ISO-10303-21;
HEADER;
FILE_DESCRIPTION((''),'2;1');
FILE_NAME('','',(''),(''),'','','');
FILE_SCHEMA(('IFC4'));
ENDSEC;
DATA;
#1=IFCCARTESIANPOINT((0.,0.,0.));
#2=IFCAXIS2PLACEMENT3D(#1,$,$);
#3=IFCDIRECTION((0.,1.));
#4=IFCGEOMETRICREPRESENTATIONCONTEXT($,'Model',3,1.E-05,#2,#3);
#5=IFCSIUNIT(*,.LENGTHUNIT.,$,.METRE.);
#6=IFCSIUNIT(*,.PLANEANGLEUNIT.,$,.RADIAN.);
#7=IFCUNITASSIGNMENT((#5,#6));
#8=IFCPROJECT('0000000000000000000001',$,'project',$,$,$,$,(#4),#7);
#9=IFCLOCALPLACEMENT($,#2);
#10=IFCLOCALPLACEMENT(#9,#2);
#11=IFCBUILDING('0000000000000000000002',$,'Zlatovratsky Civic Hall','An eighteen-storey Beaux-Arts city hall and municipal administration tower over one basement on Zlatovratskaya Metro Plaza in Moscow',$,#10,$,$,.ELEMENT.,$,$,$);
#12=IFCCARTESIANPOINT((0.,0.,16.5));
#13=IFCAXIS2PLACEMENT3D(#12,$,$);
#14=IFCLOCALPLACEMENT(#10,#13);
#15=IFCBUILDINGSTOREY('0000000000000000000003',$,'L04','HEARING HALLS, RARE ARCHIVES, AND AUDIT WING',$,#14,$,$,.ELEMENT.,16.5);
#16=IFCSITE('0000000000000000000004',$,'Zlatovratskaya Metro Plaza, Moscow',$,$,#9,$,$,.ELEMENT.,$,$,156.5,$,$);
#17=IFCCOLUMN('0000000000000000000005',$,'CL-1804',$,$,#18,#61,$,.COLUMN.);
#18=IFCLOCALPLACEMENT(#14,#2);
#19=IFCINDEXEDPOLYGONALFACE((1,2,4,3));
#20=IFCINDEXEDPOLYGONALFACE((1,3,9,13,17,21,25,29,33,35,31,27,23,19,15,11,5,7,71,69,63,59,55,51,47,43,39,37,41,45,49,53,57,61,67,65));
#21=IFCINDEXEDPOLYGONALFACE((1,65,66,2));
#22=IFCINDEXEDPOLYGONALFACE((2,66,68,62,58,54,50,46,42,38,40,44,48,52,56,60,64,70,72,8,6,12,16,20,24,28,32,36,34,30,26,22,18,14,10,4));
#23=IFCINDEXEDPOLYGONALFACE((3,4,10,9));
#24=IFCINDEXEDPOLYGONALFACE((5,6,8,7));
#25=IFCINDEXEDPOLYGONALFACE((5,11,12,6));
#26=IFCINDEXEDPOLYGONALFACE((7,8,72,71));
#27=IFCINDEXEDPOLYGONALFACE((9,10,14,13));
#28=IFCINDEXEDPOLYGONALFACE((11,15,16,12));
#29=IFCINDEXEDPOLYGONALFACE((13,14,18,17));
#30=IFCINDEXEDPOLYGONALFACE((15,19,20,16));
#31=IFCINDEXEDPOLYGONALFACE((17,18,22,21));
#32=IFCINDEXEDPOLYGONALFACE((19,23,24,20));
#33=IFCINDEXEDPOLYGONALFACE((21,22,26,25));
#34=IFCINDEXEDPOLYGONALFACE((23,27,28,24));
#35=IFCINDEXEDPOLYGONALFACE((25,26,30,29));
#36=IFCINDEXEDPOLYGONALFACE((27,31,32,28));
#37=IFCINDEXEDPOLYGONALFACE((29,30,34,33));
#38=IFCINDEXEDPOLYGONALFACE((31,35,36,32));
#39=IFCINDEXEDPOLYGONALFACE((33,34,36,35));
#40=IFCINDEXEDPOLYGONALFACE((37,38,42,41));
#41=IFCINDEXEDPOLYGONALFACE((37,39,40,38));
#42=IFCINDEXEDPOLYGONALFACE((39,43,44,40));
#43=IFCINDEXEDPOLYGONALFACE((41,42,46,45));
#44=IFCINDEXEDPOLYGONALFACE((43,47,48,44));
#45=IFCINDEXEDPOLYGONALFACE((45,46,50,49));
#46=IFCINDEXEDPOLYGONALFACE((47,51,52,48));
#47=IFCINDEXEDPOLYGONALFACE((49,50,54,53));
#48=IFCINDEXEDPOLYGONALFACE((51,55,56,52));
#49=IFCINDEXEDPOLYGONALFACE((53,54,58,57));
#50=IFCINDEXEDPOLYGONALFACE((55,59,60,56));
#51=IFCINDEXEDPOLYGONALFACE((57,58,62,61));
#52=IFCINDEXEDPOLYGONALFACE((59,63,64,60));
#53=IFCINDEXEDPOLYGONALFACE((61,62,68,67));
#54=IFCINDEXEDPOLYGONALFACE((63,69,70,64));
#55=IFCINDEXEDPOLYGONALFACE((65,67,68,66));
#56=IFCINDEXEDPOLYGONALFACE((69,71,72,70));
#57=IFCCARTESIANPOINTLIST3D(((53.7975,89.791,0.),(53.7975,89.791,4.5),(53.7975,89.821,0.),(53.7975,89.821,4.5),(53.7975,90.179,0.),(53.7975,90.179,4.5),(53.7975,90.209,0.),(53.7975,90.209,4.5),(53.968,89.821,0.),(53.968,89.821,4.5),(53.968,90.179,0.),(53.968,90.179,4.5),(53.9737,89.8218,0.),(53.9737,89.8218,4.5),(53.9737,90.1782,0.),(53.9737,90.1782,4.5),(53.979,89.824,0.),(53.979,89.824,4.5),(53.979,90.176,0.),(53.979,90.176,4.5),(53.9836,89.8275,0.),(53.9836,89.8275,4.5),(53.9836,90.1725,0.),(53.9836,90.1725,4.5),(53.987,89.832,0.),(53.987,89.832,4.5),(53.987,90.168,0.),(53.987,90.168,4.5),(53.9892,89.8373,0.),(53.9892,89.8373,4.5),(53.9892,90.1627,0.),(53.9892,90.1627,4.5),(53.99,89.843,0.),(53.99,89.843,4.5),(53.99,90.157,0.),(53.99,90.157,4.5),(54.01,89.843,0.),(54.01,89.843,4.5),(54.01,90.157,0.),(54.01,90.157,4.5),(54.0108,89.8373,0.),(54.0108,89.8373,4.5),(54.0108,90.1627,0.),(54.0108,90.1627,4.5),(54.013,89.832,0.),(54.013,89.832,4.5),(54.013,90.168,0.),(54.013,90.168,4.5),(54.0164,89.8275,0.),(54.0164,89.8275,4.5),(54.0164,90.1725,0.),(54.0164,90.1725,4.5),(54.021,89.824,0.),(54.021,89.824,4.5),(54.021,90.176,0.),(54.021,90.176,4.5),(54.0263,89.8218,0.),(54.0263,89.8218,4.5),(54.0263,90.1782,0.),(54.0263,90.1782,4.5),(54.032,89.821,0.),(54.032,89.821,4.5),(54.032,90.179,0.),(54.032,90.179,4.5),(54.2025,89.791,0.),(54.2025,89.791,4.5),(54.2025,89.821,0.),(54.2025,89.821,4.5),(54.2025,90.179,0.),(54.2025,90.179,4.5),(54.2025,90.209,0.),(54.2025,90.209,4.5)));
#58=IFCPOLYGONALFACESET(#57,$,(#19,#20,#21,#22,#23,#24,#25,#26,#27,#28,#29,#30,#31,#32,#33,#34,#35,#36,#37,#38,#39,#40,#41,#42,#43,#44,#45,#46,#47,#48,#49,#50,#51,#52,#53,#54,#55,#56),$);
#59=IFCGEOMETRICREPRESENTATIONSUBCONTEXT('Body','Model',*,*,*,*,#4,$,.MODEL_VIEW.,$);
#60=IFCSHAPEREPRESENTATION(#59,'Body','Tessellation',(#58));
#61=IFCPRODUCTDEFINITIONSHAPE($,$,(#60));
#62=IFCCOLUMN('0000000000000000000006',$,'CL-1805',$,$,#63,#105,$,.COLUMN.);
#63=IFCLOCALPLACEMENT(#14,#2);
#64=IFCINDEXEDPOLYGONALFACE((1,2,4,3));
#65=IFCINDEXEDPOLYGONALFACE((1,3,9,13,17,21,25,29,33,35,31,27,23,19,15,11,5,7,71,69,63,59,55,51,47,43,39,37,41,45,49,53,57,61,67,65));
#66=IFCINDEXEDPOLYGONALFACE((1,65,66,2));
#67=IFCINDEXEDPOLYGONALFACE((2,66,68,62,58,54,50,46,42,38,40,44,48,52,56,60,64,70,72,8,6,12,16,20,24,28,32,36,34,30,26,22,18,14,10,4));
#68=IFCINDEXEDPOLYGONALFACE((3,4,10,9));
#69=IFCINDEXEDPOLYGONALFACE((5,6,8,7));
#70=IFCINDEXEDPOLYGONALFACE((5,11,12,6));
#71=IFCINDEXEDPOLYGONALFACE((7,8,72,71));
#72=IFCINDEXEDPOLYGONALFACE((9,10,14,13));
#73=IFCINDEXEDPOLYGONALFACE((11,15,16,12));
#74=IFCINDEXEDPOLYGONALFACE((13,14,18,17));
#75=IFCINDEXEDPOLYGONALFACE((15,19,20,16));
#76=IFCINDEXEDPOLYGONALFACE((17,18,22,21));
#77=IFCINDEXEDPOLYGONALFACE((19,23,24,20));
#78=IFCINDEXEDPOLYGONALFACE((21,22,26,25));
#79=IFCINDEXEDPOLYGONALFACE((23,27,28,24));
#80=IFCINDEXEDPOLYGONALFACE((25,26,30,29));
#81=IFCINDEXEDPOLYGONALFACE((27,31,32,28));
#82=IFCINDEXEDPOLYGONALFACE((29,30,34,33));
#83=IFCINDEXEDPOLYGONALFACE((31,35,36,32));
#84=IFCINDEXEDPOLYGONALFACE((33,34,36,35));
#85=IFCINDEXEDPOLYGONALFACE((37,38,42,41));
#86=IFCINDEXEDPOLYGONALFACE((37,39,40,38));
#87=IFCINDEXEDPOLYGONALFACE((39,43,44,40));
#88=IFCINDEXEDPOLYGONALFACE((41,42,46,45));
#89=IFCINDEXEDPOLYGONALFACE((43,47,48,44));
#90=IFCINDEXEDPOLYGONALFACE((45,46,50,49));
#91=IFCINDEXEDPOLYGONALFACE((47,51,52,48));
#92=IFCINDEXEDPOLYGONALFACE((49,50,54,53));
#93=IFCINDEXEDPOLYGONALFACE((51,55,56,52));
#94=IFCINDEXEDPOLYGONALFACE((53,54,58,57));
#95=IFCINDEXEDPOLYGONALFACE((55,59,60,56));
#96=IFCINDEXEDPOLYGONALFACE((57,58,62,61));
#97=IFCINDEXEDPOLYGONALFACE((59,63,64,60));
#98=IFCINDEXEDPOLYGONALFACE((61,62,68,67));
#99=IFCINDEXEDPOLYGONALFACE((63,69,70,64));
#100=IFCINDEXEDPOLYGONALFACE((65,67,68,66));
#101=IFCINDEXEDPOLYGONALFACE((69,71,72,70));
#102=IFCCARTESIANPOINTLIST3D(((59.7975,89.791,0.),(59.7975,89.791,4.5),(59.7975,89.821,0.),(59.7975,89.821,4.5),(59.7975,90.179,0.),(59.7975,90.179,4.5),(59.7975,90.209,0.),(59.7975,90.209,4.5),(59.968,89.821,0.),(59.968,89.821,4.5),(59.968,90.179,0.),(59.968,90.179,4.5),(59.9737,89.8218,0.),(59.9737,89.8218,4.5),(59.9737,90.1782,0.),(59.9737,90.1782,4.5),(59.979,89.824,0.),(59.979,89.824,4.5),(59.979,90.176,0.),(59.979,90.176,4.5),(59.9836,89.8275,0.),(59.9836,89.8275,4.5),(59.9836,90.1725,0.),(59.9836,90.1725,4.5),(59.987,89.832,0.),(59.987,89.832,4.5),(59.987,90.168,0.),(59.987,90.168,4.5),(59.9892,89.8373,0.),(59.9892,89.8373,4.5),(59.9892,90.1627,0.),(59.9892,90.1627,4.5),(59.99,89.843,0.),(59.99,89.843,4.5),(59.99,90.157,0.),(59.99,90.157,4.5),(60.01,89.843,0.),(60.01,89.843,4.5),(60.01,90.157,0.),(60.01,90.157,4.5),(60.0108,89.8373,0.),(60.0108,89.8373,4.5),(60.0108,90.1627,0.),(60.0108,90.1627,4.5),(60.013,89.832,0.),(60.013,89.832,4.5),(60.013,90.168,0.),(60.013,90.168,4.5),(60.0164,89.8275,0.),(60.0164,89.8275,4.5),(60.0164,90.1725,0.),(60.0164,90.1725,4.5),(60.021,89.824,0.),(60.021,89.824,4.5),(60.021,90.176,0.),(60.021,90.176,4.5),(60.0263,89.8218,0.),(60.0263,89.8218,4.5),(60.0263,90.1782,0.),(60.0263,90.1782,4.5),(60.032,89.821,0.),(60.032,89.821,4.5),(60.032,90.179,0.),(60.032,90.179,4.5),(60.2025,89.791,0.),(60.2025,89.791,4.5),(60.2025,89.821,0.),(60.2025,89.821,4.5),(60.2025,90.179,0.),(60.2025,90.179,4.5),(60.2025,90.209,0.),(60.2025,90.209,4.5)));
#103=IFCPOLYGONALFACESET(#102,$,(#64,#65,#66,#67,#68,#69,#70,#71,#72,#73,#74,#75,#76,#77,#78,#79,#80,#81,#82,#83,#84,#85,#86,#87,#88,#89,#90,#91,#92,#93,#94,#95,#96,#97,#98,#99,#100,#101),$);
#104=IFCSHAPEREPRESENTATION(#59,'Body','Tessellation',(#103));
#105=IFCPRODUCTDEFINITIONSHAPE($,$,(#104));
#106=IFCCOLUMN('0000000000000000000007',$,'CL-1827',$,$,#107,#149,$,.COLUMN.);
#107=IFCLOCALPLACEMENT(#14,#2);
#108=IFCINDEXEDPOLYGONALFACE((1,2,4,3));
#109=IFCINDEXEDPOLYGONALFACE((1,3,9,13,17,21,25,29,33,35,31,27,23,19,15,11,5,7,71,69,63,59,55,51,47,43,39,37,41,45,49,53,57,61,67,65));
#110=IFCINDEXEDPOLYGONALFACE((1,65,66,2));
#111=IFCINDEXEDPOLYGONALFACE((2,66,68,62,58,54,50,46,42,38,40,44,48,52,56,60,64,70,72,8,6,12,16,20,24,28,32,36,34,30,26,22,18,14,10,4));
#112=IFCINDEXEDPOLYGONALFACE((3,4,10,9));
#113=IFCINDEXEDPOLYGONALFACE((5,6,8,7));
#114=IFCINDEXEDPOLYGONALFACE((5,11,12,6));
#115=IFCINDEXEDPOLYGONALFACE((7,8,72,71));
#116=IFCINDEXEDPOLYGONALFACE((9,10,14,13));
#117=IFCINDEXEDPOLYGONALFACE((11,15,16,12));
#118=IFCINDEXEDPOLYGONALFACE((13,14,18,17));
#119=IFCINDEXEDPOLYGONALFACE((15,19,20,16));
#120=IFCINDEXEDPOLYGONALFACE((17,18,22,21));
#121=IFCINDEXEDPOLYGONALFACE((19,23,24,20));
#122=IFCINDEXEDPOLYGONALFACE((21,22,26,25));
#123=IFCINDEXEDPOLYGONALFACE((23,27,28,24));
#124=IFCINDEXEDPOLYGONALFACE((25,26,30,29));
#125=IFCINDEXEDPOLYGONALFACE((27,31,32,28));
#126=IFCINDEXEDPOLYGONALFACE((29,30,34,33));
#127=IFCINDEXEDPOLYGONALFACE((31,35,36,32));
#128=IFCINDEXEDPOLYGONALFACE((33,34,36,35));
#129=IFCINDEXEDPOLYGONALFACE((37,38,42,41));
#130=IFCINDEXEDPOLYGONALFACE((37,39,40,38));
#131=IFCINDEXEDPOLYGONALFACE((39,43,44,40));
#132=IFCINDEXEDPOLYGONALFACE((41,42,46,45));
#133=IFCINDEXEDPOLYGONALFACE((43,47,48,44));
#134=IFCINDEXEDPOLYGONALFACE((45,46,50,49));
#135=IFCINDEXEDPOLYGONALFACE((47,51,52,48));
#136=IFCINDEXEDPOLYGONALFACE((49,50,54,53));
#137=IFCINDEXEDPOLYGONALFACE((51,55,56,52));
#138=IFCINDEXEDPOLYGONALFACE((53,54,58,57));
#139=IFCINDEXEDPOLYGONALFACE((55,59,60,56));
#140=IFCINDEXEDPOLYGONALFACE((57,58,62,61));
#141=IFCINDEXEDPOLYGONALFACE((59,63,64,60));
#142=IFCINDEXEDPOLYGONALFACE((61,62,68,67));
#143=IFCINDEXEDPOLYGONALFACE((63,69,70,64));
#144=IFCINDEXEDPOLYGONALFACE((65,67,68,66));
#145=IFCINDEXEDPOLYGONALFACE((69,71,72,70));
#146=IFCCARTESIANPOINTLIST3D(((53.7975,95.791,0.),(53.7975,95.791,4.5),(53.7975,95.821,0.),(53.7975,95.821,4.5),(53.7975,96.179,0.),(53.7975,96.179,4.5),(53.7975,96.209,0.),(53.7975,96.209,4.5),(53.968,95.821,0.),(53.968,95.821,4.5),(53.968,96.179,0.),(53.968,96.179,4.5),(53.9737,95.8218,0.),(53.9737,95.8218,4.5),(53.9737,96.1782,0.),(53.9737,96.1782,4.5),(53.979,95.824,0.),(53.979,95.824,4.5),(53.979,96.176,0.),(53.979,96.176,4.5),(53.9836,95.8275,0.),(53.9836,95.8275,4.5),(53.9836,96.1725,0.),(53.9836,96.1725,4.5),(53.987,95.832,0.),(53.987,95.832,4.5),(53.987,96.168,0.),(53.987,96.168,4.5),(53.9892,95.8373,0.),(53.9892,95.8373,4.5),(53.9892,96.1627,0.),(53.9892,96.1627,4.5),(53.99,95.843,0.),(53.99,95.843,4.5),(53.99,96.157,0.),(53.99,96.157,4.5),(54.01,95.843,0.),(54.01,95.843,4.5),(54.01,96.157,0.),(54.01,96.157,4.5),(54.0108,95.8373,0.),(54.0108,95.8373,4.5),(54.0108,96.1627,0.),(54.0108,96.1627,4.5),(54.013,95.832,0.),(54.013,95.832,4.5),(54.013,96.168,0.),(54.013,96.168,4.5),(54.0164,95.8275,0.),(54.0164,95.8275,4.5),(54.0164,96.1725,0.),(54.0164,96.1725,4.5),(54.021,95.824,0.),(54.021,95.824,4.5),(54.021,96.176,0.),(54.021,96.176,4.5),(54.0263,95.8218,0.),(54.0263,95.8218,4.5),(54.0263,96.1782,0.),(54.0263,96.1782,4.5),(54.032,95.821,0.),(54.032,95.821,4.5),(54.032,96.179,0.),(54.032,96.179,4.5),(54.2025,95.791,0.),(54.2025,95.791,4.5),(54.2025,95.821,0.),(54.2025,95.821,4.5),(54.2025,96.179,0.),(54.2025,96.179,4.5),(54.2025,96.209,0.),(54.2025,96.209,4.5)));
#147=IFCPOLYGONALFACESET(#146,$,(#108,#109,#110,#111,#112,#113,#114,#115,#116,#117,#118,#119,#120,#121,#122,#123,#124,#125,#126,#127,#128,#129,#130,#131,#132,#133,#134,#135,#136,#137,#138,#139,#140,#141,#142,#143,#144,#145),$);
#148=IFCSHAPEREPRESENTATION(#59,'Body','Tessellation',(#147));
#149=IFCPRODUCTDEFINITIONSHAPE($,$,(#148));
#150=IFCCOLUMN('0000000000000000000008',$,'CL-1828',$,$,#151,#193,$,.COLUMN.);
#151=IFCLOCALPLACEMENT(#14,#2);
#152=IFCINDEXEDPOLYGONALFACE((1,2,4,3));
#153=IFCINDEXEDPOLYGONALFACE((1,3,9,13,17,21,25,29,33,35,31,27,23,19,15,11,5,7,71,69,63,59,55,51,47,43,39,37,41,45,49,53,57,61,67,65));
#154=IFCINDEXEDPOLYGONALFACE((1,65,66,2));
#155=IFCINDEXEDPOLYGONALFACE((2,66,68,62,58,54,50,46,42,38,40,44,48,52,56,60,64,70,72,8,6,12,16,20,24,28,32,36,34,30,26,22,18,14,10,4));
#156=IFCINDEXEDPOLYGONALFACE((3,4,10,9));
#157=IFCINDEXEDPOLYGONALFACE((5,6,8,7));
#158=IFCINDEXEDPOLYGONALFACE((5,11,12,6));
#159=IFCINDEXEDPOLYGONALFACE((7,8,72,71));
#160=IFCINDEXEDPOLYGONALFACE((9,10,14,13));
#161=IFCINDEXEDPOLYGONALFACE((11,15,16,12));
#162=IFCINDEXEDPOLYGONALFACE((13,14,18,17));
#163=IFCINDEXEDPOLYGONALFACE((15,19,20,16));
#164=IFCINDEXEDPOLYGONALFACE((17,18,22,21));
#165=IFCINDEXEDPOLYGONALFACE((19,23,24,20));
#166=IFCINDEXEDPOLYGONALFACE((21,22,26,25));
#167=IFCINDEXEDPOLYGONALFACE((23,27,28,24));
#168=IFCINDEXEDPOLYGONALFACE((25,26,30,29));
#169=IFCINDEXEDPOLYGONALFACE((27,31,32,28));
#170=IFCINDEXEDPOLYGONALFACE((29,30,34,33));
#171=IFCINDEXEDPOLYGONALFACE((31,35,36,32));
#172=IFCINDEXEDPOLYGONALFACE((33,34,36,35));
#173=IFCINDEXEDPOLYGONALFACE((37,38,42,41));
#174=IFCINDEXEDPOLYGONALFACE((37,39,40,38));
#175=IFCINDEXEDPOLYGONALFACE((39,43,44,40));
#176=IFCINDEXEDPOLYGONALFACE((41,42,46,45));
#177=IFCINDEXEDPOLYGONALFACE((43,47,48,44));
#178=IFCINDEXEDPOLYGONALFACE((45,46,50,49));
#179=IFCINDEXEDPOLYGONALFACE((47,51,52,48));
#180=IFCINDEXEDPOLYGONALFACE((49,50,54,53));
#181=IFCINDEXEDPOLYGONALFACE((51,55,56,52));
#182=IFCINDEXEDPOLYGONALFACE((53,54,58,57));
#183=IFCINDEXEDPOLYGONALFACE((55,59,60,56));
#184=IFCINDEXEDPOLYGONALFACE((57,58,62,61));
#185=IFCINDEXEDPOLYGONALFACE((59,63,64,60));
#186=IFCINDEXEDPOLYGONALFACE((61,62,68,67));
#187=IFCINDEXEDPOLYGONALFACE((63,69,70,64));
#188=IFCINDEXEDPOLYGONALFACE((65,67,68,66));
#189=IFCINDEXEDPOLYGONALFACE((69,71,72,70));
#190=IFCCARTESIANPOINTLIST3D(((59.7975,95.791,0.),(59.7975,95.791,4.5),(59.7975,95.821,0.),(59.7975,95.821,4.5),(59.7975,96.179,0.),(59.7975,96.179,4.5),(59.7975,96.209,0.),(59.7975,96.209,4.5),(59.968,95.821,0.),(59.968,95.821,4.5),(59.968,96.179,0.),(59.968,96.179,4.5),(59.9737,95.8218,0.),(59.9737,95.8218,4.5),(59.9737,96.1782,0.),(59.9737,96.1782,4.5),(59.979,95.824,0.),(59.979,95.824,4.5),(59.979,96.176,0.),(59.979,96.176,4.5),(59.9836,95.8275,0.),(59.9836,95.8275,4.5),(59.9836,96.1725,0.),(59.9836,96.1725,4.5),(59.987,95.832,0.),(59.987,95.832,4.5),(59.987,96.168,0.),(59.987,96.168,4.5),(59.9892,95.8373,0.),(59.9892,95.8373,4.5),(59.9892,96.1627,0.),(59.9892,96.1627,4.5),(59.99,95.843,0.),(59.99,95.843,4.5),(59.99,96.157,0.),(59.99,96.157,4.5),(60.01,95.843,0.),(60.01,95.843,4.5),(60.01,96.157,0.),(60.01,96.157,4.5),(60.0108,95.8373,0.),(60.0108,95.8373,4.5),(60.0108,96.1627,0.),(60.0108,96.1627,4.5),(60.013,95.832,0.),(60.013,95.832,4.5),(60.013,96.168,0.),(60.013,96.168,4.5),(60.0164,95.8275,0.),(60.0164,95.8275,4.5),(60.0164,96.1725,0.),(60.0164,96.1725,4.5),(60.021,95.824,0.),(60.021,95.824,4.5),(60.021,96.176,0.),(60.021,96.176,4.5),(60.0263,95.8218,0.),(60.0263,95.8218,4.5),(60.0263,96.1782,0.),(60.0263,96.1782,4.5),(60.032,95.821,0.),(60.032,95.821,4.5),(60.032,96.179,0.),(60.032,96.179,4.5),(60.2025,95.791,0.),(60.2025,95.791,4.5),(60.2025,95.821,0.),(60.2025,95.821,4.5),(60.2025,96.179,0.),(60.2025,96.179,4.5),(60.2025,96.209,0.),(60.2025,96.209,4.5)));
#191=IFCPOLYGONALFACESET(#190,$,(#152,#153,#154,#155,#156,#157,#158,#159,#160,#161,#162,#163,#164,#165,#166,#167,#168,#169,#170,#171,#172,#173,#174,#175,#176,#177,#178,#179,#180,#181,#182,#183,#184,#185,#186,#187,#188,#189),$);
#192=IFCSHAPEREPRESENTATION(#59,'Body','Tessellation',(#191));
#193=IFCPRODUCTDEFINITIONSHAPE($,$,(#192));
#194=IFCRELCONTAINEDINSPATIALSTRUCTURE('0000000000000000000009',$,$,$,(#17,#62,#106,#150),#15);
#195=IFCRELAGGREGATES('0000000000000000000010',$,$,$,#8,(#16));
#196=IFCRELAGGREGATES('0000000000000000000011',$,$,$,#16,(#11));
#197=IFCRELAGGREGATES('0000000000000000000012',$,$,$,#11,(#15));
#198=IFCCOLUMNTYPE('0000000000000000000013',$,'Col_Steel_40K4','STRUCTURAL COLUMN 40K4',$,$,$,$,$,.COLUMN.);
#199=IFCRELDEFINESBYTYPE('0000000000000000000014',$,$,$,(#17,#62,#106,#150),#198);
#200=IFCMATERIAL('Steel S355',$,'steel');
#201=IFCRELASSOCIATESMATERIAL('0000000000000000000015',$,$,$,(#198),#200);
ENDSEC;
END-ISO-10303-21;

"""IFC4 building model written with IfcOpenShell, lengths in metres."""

from ifc_helpers import new_model, si_unit, direction, frame, origin, origin_2d, place, context, subcontext, project, spatial, i_section, extrude, material, material_profile, profile_set, type_object, element, save


model = new_model("IFC4")

# Units and contexts
model_context = context("Model", 3, precision=1e-05, world=origin(), true_north=direction((0.0, 1.0)))
body_context = subcontext(model_context, "Body", "Model", "MODEL_VIEW")
ifc_project = project(units=[si_unit("LENGTHUNIT", "METRE"), si_unit("PLANEANGLEUNIT", "RADIAN")], contexts=[model_context])

# Site, building, storey
site_placement = place(None, origin())
site = spatial("IfcSite", under=ifc_project, at=site_placement, Name="Zlatovratskaya Metro Plaza, Moscow", CompositionType="ELEMENT", RefElevation=156.5)
building_placement = place(site_placement, origin())
building = spatial("IfcBuilding", under=site, at=building_placement, Name="Zlatovratsky Civic Hall", Description="An eighteen-storey Beaux-Arts city hall and municipal administration tower over one basement on Zlatovratskaya Metro Plaza in Moscow", CompositionType="ELEMENT")
storey_placement = place(building_placement, frame((0.0, 0.0, 16.5)))
storey = spatial("IfcBuildingStorey", under=building, at=storey_placement, Name="L04", Description="HEARING HALLS, RARE ARCHIVES, AND AUDIT WING", CompositionType="ELEMENT", Elevation=16.5)

# Columns
ifc_material_1 = material(Name="Steel S355", Category="steel")
ifc_material_profile_1 = material_profile(ifc_material_1, i_section(OverallWidth=0.405, OverallDepth=0.418, WebThickness=0.02, FlangeThickness=0.03, FilletRadius=0.022, at=origin_2d()), Name="40K4")
ifc_profile_set_1 = profile_set([ifc_material_profile_1], Name="Steel S355")
column_type_1 = type_object("IfcColumnType", Name="Col_Steel_40K4", Description="STRUCTURAL COLUMN 40K4", PredefinedType="COLUMN", material=ifc_profile_set_1)
for number, where, z_axis, x_axis, name in (
    (1, (54.0, 90.0, 0.0), (0.0, 0.0, 1.0), (1.0, 0.0, 0.0), "CL-1804"),
    (2, (60.0, 90.0, 0.0), (0.0, 0.0, 1.0), (1.0, 0.0, 0.0), "CL-1805"),
    (3, (54.0, 96.0, 0.0), (0.0, 0.0, 1.0), (1.0, 0.0, 0.0), "CL-1827"),
    (4, (60.0, 96.0, 0.0), (0.0, 0.0, 1.0), (1.0, 0.0, 0.0), "CL-1828"),
):
    element("IfcColumn", number, at=place(storey_placement, frame(where, z_axis=z_axis, x_axis=x_axis)), inside=storey, type_object=column_type_1, Name=name, PredefinedType="COLUMN", context=body_context, shape_type="SweptSolid", body=[
        extrude(i_section(OverallWidth=0.405, OverallDepth=0.418, WebThickness=0.02, FlangeThickness=0.03, FilletRadius=0.022, at=origin_2d()), origin(), (0.0, 0.0, 1.0), 4.5),
    ])

save(model, "model.ifc")
